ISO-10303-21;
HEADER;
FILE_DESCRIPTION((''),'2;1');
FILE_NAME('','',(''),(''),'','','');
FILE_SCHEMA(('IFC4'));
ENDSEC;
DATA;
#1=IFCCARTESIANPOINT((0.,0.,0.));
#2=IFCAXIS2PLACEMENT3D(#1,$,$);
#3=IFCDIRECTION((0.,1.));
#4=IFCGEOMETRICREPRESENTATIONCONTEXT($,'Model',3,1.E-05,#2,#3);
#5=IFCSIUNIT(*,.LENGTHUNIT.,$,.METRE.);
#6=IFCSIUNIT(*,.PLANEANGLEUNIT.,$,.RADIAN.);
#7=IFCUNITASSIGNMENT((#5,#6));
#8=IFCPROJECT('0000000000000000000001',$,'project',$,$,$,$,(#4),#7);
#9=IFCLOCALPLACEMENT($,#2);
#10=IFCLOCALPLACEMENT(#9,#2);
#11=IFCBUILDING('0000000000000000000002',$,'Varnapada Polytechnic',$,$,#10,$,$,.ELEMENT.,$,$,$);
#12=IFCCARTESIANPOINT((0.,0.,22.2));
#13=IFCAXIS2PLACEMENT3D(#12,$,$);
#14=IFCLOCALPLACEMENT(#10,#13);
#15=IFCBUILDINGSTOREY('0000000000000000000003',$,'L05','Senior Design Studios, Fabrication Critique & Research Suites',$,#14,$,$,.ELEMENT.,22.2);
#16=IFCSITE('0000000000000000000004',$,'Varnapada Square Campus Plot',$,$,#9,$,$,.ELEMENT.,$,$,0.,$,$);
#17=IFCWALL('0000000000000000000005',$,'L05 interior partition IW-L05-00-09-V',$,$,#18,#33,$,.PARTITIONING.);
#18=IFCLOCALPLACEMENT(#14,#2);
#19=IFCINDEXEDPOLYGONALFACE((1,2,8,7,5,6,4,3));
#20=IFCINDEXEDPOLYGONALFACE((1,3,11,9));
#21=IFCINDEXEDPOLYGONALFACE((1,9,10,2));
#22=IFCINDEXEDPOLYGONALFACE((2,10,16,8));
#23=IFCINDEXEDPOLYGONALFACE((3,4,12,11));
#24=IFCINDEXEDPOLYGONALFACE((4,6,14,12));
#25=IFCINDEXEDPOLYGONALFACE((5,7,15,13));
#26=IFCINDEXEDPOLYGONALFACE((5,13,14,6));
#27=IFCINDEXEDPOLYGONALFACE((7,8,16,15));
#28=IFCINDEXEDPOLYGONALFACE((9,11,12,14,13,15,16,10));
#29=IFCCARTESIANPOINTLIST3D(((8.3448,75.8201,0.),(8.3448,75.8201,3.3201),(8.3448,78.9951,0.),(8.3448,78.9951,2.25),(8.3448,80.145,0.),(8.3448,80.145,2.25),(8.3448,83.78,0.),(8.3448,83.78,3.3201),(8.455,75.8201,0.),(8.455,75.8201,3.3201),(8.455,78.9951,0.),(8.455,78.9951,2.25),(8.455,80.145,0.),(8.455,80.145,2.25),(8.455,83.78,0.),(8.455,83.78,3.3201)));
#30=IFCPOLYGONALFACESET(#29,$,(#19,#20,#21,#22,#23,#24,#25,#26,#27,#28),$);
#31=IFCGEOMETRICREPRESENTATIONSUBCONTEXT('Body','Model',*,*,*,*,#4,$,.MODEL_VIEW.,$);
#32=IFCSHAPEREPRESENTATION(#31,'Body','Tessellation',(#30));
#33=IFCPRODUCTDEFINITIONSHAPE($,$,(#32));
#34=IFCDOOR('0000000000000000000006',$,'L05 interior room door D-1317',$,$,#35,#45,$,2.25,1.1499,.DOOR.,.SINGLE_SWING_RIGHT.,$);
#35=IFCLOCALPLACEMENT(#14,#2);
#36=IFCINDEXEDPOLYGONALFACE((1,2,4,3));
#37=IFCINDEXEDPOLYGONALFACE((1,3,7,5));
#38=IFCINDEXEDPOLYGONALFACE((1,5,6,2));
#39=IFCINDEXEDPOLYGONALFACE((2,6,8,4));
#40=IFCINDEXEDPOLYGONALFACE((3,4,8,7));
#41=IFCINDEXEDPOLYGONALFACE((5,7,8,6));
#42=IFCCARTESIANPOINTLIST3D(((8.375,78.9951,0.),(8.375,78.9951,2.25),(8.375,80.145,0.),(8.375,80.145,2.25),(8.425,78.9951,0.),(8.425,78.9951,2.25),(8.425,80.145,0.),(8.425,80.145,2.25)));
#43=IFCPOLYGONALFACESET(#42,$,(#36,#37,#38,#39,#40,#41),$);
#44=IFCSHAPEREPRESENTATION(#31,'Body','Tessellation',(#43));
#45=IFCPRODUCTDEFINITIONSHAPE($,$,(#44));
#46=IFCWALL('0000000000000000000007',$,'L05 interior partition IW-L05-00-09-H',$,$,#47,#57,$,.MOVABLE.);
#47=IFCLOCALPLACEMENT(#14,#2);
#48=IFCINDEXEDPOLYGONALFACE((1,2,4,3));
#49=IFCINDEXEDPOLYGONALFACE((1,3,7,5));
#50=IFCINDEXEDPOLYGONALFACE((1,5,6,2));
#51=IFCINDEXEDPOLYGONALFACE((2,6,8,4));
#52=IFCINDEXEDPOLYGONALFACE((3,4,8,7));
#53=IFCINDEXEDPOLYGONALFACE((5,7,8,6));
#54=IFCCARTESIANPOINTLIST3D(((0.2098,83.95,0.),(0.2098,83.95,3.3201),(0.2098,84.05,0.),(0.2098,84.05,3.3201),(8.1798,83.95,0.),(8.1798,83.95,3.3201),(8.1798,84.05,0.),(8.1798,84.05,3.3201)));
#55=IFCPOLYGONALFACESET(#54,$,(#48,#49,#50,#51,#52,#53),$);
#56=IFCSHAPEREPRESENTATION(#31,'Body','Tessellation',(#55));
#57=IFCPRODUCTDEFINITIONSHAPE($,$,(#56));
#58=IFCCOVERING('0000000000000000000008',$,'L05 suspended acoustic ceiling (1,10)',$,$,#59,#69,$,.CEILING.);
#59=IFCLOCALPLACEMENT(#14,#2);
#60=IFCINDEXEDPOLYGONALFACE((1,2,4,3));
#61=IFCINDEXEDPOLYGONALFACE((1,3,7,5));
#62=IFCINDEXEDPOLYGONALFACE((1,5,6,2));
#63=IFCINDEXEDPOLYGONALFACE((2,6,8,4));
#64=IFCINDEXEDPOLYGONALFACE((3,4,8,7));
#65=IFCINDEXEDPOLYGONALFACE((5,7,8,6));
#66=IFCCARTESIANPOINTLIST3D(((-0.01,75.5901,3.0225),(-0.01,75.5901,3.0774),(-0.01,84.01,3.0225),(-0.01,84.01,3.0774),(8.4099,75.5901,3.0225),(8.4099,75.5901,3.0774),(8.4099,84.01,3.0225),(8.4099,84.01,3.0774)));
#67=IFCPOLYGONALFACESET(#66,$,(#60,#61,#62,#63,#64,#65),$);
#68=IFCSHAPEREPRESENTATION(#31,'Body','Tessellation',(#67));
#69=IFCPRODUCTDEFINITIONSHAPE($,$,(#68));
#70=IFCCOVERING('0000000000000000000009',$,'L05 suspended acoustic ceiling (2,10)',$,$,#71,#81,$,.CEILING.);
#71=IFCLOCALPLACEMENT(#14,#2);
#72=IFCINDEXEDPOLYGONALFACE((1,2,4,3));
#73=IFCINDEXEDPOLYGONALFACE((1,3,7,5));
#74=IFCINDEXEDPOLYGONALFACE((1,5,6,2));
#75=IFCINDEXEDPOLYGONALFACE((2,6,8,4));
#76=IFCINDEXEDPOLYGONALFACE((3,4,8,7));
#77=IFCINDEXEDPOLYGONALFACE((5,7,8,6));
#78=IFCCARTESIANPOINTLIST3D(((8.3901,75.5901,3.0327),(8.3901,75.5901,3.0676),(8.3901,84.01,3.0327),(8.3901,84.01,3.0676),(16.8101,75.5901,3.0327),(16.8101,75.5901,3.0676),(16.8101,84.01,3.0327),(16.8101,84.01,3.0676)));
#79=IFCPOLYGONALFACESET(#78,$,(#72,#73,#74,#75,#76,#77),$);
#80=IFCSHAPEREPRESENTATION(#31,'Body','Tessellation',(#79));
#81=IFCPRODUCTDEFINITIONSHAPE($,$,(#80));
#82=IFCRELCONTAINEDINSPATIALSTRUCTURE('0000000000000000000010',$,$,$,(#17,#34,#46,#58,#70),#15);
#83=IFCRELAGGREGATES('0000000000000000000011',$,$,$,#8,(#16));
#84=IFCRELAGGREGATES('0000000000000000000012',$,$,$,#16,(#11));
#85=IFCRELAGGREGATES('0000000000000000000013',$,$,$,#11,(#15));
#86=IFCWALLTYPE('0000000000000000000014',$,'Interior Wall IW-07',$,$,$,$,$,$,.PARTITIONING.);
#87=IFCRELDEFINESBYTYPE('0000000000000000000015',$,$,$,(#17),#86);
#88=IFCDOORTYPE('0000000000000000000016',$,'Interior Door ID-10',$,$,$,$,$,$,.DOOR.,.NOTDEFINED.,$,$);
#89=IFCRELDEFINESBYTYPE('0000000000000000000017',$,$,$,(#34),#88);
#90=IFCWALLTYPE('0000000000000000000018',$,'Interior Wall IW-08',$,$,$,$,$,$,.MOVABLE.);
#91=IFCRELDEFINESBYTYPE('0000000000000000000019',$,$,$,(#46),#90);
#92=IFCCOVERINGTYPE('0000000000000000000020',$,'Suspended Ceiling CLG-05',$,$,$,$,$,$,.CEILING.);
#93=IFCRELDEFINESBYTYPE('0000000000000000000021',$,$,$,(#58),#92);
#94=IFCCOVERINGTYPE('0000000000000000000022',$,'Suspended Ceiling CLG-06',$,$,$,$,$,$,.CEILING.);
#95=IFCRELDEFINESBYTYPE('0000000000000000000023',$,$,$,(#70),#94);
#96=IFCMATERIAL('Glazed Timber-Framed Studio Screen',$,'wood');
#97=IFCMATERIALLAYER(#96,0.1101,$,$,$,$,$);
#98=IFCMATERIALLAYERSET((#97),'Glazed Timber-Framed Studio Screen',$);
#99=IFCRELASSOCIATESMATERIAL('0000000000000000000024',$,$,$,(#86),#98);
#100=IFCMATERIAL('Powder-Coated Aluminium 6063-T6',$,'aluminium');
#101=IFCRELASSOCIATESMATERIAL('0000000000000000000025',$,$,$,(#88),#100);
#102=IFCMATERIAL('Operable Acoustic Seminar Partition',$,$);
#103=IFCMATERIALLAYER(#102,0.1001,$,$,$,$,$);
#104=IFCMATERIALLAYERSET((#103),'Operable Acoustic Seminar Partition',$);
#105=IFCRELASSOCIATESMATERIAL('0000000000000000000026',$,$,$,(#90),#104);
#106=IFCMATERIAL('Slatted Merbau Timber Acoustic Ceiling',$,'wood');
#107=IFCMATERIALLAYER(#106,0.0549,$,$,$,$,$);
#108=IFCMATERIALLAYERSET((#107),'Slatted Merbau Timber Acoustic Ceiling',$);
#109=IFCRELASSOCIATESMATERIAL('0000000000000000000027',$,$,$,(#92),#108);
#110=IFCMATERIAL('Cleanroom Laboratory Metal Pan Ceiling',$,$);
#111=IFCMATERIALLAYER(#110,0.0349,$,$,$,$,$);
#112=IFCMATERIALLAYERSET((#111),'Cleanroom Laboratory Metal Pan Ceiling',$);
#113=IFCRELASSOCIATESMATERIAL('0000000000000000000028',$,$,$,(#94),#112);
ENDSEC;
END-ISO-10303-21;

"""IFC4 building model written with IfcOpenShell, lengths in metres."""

from ifc_helpers import new_model, si_unit, direction, frame, frame_2d, origin, origin_2d, place, context, subcontext, project, spatial, rectangle, extrude, material, layer, layer_set, type_object, element, fill, save


model = new_model("IFC4")

# Units and contexts
model_context = context("Model", 3, precision=1e-05, world=origin(), true_north=direction((0.0, 1.0)))
body_context = subcontext(model_context, "Body", "Model", "MODEL_VIEW")
ifc_project = project(units=[si_unit("LENGTHUNIT", "METRE"), si_unit("PLANEANGLEUNIT", "RADIAN")], contexts=[model_context])

# Site, building, storey
site_placement = place(None, origin())
site = spatial("IfcSite", under=ifc_project, at=site_placement, Name="Varnapada Square Campus Plot", CompositionType="ELEMENT", RefElevation=0.0)
building_placement = place(site_placement, origin())
building = spatial("IfcBuilding", under=site, at=building_placement, Name="Varnapada Polytechnic", CompositionType="ELEMENT")
storey_placement = place(building_placement, frame((0.0, 0.0, 22.2)))
storey = spatial("IfcBuildingStorey", under=building, at=storey_placement, Name="L05", Description="Senior Design Studios, Fabrication Critique & Research Suites", CompositionType="ELEMENT", Elevation=22.2)

# Wall, opening, door
ifc_material_1 = material(Name="Glazed Timber-Framed Studio Screen", Category="wood")
ifc_layer_1 = layer(ifc_material_1, 0.1101)
ifc_layer_set_1 = layer_set([ifc_layer_1], Name="Glazed Timber-Framed Studio Screen")
wall_type_1 = type_object("IfcWallType", Name="Interior Wall IW-07", PredefinedType="PARTITIONING", material=ifc_layer_set_1)
wall_1_placement = place(storey_placement, frame((8.3999, 75.8201, 0.0), z_axis=(0.0, 0.0, 1.0), x_axis=(0.0, 1.0, 0.0)))
wall_1 = element("IfcWall", 1, at=wall_1_placement, inside=storey, type_object=wall_type_1, Name="L05 interior partition IW-L05-00-09-V", PredefinedType="PARTITIONING", context=body_context, shape_type="SweptSolid", body=[
    extrude(rectangle(XDim=7.96, YDim=0.1101, at=frame_2d((3.98, 0.0))), origin(), (0.0, 0.0, 1.0), 3.3201),
])
opening_1_placement = place(wall_1_placement, frame((3.175, 0.0, 0.0)))
opening_1 = element("IfcOpeningElement", 2, at=opening_1_placement, cuts=wall_1, PredefinedType="OPENING", context=body_context, shape_type="SweptSolid", body=[
    extrude(rectangle(XDim=1.1499, YDim=2.25, at=frame_2d((0.575, 1.125))), frame((0.0, 0.0649, 0.0), z_axis=(0.0, -1.0, 0.0), x_axis=(1.0, 0.0, 0.0)), (0.0, 0.0, 1.0), 0.1301),
])
ifc_material_2 = material(Name="Powder-Coated Aluminium 6063-T6", Category="aluminium")
door_type_1 = type_object("IfcDoorType", Name="Interior Door ID-10", OperationType="NOTDEFINED", PredefinedType="DOOR", material=ifc_material_2)
door_1_placement = place(opening_1_placement, origin())
door_1 = element("IfcDoor", 3, at=door_1_placement, inside=storey, type_object=door_type_1, Name="L05 interior room door D-1317", OperationType="SINGLE_SWING_RIGHT", OverallHeight=2.25, OverallWidth=1.1499, PredefinedType="DOOR", context=body_context, shape_type="SweptSolid", body=[
    extrude(rectangle(XDim=1.1499, YDim=2.25, at=frame_2d((0.575, 1.125))), frame((0.0, 0.0249, 0.0), z_axis=(0.0, -1.0, 0.0), x_axis=(1.0, 0.0, 0.0)), (0.0, 0.0, 1.0), 0.05),
])
fill(opening_1, door_1)

# Wall
ifc_material_3 = material(Name="Operable Acoustic Seminar Partition")
ifc_layer_2 = layer(ifc_material_3, 0.1001)
ifc_layer_set_2 = layer_set([ifc_layer_2], Name="Operable Acoustic Seminar Partition")
wall_type_2 = type_object("IfcWallType", Name="Interior Wall IW-08", PredefinedType="MOVABLE", material=ifc_layer_set_2)
wall_2_placement = place(storey_placement, frame((0.21, 84.0, 0.0), z_axis=(0.0, 0.0, 1.0), x_axis=(1.0, 0.0, 0.0)))
element("IfcWall", 4, at=wall_2_placement, inside=storey, type_object=wall_type_2, Name="L05 interior partition IW-L05-00-09-H", PredefinedType="MOVABLE", context=body_context, shape_type="SweptSolid", body=[
    extrude(rectangle(XDim=7.97, YDim=0.1001, at=frame_2d((3.9849, 0.0))), origin(), (0.0, 0.0, 1.0), 3.3201),
])

# Coverings
ifc_material_4 = material(Name="Slatted Merbau Timber Acoustic Ceiling", Category="wood")
ifc_layer_3 = layer(ifc_material_4, 0.0549)
ifc_layer_set_3 = layer_set([ifc_layer_3], Name="Slatted Merbau Timber Acoustic Ceiling")
covering_type_1 = type_object("IfcCoveringType", Name="Suspended Ceiling CLG-05", PredefinedType="CEILING", material=ifc_layer_set_3)
covering_1_placement = place(storey_placement, frame((4.2, 79.8, 3.0225), z_axis=(0.0, 0.0, 1.0), x_axis=(1.0, 0.0, 0.0)))
element("IfcCovering", 5, at=covering_1_placement, inside=storey, type_object=covering_type_1, Name="L05 suspended acoustic ceiling (1,10)", PredefinedType="CEILING", context=body_context, shape_type="SweptSolid", body=[
    extrude(rectangle(XDim=8.4199, YDim=8.4199, at=origin_2d()), origin(), (0.0, 0.0, 1.0), 0.0549),
])
ifc_material_5 = material(Name="Cleanroom Laboratory Metal Pan Ceiling")
ifc_layer_4 = layer(ifc_material_5, 0.0349)
ifc_layer_set_4 = layer_set([ifc_layer_4], Name="Cleanroom Laboratory Metal Pan Ceiling")
covering_type_2 = type_object("IfcCoveringType", Name="Suspended Ceiling CLG-06", PredefinedType="CEILING", material=ifc_layer_set_4)
covering_2_placement = place(storey_placement, frame((12.6001, 79.8, 3.0327), z_axis=(0.0, 0.0, 1.0), x_axis=(1.0, 0.0, 0.0)))
element("IfcCovering", 6, at=covering_2_placement, inside=storey, type_object=covering_type_2, Name="L05 suspended acoustic ceiling (2,10)", PredefinedType="CEILING", context=body_context, shape_type="SweptSolid", body=[
    extrude(rectangle(XDim=8.4199, YDim=8.4199, at=origin_2d()), origin(), (0.0, 0.0, 1.0), 0.0349),
])

save(model, "model.ifc")
